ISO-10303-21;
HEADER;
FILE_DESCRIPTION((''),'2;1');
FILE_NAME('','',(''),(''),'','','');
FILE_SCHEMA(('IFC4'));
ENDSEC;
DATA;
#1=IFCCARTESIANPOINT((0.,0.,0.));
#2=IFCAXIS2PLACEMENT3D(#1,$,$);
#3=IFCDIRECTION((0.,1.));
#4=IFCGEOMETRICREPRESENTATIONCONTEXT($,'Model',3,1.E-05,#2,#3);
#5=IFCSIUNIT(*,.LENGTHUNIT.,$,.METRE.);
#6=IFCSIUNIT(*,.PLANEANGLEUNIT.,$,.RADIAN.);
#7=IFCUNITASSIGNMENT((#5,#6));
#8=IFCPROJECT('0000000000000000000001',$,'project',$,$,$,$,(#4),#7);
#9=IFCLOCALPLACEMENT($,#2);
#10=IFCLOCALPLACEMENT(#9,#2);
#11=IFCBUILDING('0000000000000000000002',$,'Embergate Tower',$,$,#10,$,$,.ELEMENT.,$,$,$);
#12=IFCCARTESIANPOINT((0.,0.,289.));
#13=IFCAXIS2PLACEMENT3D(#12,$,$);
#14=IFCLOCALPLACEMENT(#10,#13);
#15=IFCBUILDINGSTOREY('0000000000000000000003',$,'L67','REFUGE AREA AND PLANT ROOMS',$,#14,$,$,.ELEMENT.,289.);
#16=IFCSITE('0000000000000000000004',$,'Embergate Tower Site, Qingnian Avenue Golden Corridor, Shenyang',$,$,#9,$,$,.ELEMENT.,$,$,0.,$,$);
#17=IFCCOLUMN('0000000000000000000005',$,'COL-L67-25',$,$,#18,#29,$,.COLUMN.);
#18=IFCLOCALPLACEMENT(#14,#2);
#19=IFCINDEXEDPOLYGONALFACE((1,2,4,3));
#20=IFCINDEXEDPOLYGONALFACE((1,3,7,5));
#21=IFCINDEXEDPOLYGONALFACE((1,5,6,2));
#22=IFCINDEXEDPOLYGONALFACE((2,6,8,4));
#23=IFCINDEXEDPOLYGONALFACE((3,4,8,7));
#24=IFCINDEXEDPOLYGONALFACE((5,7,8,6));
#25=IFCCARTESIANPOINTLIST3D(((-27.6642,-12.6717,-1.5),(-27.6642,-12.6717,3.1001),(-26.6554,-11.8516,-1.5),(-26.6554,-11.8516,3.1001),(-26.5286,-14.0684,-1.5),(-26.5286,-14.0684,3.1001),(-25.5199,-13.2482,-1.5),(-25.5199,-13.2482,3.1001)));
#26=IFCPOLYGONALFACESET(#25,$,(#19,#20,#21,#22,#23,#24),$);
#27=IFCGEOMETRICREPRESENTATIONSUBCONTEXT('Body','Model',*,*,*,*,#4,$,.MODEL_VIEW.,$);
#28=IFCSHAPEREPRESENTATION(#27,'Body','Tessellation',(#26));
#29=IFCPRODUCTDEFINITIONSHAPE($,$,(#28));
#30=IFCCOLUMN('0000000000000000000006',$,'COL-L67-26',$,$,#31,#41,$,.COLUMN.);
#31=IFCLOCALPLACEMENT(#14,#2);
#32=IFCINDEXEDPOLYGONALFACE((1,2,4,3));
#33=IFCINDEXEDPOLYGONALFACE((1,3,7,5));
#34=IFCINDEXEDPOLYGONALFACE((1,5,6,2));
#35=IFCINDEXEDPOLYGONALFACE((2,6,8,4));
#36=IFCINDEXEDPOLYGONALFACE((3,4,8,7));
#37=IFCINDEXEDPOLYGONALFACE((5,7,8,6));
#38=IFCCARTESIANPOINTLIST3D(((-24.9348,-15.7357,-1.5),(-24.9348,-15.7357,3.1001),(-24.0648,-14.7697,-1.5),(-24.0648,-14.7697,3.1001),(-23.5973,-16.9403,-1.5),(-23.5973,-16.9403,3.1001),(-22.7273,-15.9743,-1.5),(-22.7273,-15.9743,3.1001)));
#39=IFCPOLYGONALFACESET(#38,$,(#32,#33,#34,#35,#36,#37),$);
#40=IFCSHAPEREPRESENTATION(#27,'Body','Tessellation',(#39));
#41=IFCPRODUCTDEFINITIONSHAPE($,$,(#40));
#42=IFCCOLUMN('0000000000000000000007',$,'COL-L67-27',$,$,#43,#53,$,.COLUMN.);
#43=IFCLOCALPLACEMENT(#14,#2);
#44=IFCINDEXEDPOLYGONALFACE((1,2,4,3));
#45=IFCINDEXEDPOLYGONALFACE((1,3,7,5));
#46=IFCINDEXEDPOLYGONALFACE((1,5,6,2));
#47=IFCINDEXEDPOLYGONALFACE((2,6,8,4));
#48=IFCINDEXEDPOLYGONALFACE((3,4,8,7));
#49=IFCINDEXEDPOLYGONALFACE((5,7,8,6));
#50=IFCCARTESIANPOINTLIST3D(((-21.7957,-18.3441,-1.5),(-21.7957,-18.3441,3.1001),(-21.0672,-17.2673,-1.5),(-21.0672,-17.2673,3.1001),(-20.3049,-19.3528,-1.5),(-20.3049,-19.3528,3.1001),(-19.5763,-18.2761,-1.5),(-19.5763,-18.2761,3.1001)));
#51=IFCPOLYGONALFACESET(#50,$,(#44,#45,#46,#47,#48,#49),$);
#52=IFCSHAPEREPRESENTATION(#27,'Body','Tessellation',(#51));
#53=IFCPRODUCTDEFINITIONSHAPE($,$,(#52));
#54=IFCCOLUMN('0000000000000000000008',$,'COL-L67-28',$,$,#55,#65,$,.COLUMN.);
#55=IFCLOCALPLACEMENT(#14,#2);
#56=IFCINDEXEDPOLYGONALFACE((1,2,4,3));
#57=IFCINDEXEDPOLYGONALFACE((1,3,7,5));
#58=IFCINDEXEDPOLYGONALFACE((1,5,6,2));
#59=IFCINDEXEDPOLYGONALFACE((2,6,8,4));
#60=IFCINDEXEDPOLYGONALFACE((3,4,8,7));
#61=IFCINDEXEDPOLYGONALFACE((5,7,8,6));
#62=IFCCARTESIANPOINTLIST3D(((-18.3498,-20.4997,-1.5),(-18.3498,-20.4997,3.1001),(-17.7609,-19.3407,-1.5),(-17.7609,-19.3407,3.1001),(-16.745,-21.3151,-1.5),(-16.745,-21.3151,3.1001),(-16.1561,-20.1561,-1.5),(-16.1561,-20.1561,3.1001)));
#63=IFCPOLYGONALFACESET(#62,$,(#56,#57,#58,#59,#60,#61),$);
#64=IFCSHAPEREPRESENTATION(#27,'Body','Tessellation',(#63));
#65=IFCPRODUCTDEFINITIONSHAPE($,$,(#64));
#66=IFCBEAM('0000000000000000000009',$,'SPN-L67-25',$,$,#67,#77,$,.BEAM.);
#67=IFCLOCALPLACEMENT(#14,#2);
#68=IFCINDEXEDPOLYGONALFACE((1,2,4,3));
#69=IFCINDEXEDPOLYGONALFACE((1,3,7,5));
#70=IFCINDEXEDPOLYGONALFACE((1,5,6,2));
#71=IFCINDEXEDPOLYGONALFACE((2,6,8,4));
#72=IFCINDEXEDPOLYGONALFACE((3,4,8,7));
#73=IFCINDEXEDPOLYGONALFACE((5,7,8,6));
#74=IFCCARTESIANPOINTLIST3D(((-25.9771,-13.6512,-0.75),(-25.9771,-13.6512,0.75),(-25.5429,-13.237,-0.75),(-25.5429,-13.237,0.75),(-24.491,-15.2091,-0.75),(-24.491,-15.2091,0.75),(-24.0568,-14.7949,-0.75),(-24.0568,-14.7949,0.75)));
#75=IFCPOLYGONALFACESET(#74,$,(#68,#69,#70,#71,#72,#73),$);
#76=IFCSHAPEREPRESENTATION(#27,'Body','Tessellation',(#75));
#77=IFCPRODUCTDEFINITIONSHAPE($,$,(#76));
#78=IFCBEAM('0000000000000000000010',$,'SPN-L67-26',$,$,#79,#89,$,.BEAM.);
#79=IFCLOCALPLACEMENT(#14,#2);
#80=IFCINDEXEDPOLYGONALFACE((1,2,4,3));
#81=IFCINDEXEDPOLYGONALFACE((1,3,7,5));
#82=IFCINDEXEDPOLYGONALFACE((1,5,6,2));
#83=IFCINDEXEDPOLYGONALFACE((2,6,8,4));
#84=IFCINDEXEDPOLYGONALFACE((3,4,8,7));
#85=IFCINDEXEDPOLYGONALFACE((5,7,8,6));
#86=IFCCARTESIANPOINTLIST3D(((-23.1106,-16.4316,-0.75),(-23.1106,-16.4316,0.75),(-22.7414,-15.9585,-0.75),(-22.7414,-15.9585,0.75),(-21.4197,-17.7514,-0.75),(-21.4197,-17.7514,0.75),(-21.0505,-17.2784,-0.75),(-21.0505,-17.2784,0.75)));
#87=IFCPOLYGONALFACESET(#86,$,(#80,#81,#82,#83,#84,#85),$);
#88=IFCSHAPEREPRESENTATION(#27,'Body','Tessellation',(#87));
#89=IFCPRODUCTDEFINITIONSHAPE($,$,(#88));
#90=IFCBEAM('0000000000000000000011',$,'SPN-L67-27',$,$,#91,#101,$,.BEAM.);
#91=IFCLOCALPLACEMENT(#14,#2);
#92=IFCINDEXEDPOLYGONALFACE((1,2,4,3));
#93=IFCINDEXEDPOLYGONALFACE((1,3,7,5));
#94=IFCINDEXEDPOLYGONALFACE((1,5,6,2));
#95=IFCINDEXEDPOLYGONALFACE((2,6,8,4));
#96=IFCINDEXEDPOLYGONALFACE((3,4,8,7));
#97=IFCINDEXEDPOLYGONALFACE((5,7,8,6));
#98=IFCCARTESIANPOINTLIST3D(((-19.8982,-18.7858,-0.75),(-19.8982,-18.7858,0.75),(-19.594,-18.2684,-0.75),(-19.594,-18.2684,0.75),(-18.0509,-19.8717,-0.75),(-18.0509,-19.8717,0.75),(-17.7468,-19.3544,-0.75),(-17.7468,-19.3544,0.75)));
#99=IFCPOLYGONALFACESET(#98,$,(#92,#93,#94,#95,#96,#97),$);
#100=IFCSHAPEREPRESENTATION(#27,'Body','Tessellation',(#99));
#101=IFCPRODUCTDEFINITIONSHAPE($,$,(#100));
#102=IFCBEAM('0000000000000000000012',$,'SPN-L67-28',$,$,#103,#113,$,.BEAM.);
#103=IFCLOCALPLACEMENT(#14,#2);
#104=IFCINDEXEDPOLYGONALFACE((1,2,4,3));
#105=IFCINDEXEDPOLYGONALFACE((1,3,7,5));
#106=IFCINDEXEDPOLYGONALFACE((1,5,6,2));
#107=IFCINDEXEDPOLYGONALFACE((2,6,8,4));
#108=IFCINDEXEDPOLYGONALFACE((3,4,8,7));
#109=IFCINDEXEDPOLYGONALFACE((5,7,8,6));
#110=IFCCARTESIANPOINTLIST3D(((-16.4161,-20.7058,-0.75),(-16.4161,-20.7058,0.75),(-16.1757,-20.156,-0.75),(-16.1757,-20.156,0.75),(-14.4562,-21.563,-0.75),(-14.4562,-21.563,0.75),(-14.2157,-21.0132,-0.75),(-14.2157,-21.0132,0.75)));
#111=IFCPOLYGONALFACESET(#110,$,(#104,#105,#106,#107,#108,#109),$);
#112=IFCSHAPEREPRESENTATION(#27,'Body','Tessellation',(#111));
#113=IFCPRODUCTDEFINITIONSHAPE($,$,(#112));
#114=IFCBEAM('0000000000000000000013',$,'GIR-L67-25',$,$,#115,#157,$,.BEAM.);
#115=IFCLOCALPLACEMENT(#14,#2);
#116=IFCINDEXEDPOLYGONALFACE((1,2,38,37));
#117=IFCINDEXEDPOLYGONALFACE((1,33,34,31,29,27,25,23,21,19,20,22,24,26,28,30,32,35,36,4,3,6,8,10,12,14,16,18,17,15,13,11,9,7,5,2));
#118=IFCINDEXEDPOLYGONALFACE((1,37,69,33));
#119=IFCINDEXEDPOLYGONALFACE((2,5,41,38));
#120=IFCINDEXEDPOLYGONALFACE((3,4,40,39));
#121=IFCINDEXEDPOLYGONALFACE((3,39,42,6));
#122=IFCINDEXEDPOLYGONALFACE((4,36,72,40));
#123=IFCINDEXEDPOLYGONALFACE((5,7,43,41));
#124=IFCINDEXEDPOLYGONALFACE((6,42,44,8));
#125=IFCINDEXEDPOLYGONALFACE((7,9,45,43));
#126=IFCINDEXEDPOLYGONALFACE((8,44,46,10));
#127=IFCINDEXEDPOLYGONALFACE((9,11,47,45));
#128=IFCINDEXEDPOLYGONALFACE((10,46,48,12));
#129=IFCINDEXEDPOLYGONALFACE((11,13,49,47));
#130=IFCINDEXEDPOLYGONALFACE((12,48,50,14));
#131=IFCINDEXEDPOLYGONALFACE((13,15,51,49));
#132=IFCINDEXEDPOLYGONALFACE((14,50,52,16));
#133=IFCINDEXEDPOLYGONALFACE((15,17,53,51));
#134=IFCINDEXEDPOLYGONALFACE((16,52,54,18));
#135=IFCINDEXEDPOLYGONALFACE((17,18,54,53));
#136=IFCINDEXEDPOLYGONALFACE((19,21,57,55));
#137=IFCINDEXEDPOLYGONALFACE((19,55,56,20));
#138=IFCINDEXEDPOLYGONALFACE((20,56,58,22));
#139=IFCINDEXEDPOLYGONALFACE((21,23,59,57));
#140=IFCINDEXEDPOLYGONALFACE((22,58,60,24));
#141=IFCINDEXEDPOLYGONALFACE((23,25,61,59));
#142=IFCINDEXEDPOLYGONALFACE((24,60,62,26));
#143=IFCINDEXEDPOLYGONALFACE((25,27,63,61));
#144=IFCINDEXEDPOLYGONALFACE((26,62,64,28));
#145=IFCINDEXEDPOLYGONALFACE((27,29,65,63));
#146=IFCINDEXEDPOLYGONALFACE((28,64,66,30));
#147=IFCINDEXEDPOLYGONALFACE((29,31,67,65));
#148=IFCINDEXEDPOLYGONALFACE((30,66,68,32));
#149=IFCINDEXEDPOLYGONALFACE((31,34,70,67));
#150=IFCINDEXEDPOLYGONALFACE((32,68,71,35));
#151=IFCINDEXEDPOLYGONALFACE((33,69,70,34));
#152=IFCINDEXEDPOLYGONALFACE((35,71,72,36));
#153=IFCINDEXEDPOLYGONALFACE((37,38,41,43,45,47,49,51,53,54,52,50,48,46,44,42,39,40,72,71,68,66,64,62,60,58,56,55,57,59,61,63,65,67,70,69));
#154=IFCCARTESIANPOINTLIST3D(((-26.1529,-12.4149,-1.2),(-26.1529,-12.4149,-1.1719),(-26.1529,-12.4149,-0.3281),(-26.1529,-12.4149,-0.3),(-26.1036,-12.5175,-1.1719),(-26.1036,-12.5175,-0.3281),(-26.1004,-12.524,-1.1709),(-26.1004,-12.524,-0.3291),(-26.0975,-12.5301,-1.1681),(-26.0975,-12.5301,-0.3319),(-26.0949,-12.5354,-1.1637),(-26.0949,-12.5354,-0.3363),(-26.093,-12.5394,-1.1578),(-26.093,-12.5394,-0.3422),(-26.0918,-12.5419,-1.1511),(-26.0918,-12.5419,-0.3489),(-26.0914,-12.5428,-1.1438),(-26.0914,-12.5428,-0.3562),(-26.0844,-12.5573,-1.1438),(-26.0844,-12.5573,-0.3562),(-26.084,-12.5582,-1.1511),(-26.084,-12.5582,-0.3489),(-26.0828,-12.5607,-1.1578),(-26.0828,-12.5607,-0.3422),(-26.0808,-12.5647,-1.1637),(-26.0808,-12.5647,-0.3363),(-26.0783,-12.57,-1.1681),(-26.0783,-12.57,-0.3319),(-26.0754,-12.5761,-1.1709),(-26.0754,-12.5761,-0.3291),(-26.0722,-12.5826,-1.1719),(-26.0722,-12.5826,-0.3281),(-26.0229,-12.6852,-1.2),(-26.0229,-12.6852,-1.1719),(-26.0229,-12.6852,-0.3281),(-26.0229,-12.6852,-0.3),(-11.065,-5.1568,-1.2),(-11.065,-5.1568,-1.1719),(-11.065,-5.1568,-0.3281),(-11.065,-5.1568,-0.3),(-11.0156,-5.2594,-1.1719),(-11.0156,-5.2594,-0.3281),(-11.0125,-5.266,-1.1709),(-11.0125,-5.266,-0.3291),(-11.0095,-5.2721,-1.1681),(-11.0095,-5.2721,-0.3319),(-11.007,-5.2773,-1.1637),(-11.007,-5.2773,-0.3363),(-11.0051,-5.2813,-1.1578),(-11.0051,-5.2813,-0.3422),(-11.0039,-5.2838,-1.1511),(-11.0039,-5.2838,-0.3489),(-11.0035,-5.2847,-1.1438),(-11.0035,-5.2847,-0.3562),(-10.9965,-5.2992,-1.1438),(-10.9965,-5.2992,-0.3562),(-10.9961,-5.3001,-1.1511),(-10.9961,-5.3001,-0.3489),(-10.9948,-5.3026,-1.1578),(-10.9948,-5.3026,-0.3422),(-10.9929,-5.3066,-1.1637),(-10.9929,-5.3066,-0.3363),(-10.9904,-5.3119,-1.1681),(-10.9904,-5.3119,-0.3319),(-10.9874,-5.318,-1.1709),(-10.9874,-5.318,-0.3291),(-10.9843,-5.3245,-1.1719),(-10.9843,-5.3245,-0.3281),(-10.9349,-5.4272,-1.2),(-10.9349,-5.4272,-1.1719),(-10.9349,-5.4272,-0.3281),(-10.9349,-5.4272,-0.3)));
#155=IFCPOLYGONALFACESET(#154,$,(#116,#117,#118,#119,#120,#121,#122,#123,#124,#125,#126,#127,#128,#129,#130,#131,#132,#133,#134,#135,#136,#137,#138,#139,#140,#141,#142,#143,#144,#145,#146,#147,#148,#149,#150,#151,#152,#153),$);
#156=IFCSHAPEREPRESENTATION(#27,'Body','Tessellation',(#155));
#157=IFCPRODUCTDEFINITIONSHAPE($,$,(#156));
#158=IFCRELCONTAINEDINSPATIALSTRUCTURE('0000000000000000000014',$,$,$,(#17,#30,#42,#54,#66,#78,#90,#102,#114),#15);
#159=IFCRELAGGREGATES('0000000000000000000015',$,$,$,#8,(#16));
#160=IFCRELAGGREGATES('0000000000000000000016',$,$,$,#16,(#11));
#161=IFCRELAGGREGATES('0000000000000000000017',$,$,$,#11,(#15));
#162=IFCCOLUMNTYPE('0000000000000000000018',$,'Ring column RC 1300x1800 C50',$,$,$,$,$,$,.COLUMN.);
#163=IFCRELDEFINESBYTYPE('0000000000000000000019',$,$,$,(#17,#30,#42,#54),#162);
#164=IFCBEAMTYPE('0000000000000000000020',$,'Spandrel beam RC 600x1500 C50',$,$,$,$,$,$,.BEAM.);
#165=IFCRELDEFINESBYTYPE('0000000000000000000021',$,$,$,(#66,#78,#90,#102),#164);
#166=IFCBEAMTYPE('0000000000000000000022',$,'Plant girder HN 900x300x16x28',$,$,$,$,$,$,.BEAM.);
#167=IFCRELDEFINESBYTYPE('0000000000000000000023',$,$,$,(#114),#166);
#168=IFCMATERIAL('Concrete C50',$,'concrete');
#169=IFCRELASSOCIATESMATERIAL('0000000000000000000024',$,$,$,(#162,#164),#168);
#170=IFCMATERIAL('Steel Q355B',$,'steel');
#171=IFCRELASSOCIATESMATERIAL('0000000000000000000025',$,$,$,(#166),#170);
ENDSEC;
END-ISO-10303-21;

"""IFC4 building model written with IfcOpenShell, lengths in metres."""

from ifc_helpers import new_model, si_unit, direction, frame, origin, origin_2d, place, context, subcontext, project, spatial, rectangle, i_section, extrude, source, transform, mapped, material, material_profile, profile_set, type_object, element, save


model = new_model("IFC4")

# Units and contexts
model_context = context("Model", 3, precision=1e-05, world=origin(), true_north=direction((0.0, 1.0)))
body_context = subcontext(model_context, "Body", "Model", "MODEL_VIEW")
ifc_project = project(units=[si_unit("LENGTHUNIT", "METRE"), si_unit("PLANEANGLEUNIT", "RADIAN")], contexts=[model_context])

# Site, building, storey
site_placement = place(None, origin())
site = spatial("IfcSite", under=ifc_project, at=site_placement, Name="Embergate Tower Site, Qingnian Avenue Golden Corridor, Shenyang", CompositionType="ELEMENT", RefElevation=0.0)
building_placement = place(site_placement, origin())
building = spatial("IfcBuilding", under=site, at=building_placement, Name="Embergate Tower", CompositionType="ELEMENT")
storey_placement = place(building_placement, frame((0.0, 0.0, 289.0)))
storey = spatial("IfcBuildingStorey", under=building, at=storey_placement, Name="L67", Description="REFUGE AREA AND PLANT ROOMS", CompositionType="ELEMENT", Elevation=289.0)

# Columns
ifc_material_1 = material(Name="Concrete C50", Category="concrete")
ifc_material_profile_1 = material_profile(ifc_material_1, rectangle(XDim=1.3, YDim=1.8, at=origin_2d()), Name="RC 1300x1800")
ifc_profile_set_1 = profile_set([ifc_material_profile_1], Name="Concrete C50")
column_type = type_object("IfcColumnType", Name="Ring column RC 1300x1800 C50", PredefinedType="COLUMN", material=ifc_profile_set_1)
shared_shape_1 = source(origin(), body_context, "Body", "SweptSolid", [
    extrude(rectangle(XDim=1.3, YDim=1.8, at=origin_2d()), origin(), (0.0, 0.0, 1.0), 4.6001),
])
for number, where, z_axis, x_axis, name in (
    (1, (-26.592, -12.96, -1.5), (0.0, 0.0, 1.0), (-0.775914, -0.630838, 0.0), "COL-L67-25"),
    (2, (-23.8311, -15.855, -1.5), (0.0, 0.0, 1.0), (-0.669208, -0.743075, 0.0), "COL-L67-26"),
    (3, (-20.686, -18.3101, -1.5), (0.0, 0.0, 1.0), (-0.560393, -0.828227, 0.0), "COL-L67-27"),
    (4, (-17.2529, -20.3279, -1.5), (0.0, 0.0, 1.0), (-0.452995, -0.891513, 0.0), "COL-L67-28"),
):
    element("IfcColumn", number, at=place(storey_placement, frame(where, z_axis=z_axis, x_axis=x_axis)), inside=storey, type_object=column_type, Name=name, PredefinedType="COLUMN", context=body_context, shape_type="MappedRepresentation", body=[
        mapped(shared_shape_1, transform((0.0, 0.0, 0.0))),
    ])

# Beams
ifc_material_profile_2 = material_profile(ifc_material_1, rectangle(XDim=0.6001, YDim=1.5, at=origin_2d()), Name="RC 600x1500")
ifc_profile_set_2 = profile_set([ifc_material_profile_2], Name="Concrete C50")
beam_type_1 = type_object("IfcBeamType", Name="Spandrel beam RC 600x1500 C50", PredefinedType="BEAM", material=ifc_profile_set_2)
shared_shape_2 = source(origin(), body_context, "Body", "SweptSolid", [
    extrude(rectangle(XDim=0.6001, YDim=1.5, at=origin_2d()), origin(), (0.0, 0.0, 1.0), 2.1531),
])
beam_1_placement = place(storey_placement, frame((-25.76, -13.4441, 0.0), z_axis=(0.690241, -0.723579, 0.0), x_axis=(0.723579, 0.690241, 0.0)))
element("IfcBeam", 5, at=beam_1_placement, inside=storey, type_object=beam_type_1, Name="SPN-L67-25", PredefinedType="BEAM", context=body_context, shape_type="MappedRepresentation", body=[
    mapped(shared_shape_2, transform((0.0, 0.0, 0.0))),
])
shared_shape_3 = source(origin(), body_context, "Body", "SweptSolid", [
    extrude(rectangle(XDim=0.6001, YDim=1.5, at=origin_2d()), origin(), (0.0, 0.0, 1.0), 2.145),
])
beam_2_placement = place(storey_placement, frame((-22.926, -16.1951, 0.0), z_axis=(0.788297, -0.615295, 0.0), x_axis=(0.615295, 0.788297, 0.0)))
element("IfcBeam", 6, at=beam_2_placement, inside=storey, type_object=beam_type_1, Name="SPN-L67-26", PredefinedType="BEAM", context=body_context, shape_type="MappedRepresentation", body=[
    mapped(shared_shape_3, transform((0.0, 0.0, 0.0))),
])
shared_shape_4 = source(origin(), body_context, "Body", "SweptSolid", [
    extrude(rectangle(XDim=0.6001, YDim=1.5, at=origin_2d()), origin(), (0.0, 0.0, 1.0), 2.1428),
])
beam_3_placement = place(storey_placement, frame((-19.7461, -18.5271, 0.0), z_axis=(0.862063, -0.506801, 0.0), x_axis=(0.506801, 0.862063, 0.0)))
element("IfcBeam", 7, at=beam_3_placement, inside=storey, type_object=beam_type_1, Name="SPN-L67-27", PredefinedType="BEAM", context=body_context, shape_type="MappedRepresentation", body=[
    mapped(shared_shape_4, transform((0.0, 0.0, 0.0))),
])
shared_shape_5 = source(origin(), body_context, "Body", "SweptSolid", [
    extrude(rectangle(XDim=0.6001, YDim=1.5, at=origin_2d()), origin(), (0.0, 0.0, 1.0), 2.1392),
])
beam_4_placement = place(storey_placement, frame((-16.2959, -20.4309, 0.0), z_axis=(0.91621, -0.400699, 0.0), x_axis=(0.400699, 0.91621, 0.0)))
element("IfcBeam", 8, at=beam_4_placement, inside=storey, type_object=beam_type_1, Name="SPN-L67-28", PredefinedType="BEAM", context=body_context, shape_type="MappedRepresentation", body=[
    mapped(shared_shape_5, transform((0.0, 0.0, 0.0))),
])
ifc_material_2 = material(Name="Steel Q355B", Category="steel")
ifc_material_profile_3 = material_profile(ifc_material_2, i_section(OverallWidth=0.3, OverallDepth=0.8999, WebThickness=0.0161, FlangeThickness=0.0281, FilletRadius=0.0281, at=origin_2d()), Name="HN 900x300x16x28")
ifc_profile_set_3 = profile_set([ifc_material_profile_3], Name="Steel Q355 grade B")
beam_type_2 = type_object("IfcBeamType", Name="Plant girder HN 900x300x16x28", PredefinedType="BEAM", material=ifc_profile_set_3)
shared_shape_6 = source(origin(), body_context, "Body", "SweptSolid", [
    extrude(i_section(OverallWidth=0.3, OverallDepth=0.8999, WebThickness=0.0161, FlangeThickness=0.0281, FilletRadius=0.0281, at=origin_2d()), origin(), (0.0, 0.0, 1.0), 16.7429),
])
beam_5_placement = place(storey_placement, frame((-26.0879, -12.55, -0.75), z_axis=(0.901153, 0.433501, 0.0), x_axis=(-0.433501, 0.901153, 0.0)))
element("IfcBeam", 9, at=beam_5_placement, inside=storey, type_object=beam_type_2, Name="GIR-L67-25", PredefinedType="BEAM", context=body_context, shape_type="MappedRepresentation", body=[
    mapped(shared_shape_6, transform((0.0, 0.0, 0.0))),
])

save(model, "model.ifc")
